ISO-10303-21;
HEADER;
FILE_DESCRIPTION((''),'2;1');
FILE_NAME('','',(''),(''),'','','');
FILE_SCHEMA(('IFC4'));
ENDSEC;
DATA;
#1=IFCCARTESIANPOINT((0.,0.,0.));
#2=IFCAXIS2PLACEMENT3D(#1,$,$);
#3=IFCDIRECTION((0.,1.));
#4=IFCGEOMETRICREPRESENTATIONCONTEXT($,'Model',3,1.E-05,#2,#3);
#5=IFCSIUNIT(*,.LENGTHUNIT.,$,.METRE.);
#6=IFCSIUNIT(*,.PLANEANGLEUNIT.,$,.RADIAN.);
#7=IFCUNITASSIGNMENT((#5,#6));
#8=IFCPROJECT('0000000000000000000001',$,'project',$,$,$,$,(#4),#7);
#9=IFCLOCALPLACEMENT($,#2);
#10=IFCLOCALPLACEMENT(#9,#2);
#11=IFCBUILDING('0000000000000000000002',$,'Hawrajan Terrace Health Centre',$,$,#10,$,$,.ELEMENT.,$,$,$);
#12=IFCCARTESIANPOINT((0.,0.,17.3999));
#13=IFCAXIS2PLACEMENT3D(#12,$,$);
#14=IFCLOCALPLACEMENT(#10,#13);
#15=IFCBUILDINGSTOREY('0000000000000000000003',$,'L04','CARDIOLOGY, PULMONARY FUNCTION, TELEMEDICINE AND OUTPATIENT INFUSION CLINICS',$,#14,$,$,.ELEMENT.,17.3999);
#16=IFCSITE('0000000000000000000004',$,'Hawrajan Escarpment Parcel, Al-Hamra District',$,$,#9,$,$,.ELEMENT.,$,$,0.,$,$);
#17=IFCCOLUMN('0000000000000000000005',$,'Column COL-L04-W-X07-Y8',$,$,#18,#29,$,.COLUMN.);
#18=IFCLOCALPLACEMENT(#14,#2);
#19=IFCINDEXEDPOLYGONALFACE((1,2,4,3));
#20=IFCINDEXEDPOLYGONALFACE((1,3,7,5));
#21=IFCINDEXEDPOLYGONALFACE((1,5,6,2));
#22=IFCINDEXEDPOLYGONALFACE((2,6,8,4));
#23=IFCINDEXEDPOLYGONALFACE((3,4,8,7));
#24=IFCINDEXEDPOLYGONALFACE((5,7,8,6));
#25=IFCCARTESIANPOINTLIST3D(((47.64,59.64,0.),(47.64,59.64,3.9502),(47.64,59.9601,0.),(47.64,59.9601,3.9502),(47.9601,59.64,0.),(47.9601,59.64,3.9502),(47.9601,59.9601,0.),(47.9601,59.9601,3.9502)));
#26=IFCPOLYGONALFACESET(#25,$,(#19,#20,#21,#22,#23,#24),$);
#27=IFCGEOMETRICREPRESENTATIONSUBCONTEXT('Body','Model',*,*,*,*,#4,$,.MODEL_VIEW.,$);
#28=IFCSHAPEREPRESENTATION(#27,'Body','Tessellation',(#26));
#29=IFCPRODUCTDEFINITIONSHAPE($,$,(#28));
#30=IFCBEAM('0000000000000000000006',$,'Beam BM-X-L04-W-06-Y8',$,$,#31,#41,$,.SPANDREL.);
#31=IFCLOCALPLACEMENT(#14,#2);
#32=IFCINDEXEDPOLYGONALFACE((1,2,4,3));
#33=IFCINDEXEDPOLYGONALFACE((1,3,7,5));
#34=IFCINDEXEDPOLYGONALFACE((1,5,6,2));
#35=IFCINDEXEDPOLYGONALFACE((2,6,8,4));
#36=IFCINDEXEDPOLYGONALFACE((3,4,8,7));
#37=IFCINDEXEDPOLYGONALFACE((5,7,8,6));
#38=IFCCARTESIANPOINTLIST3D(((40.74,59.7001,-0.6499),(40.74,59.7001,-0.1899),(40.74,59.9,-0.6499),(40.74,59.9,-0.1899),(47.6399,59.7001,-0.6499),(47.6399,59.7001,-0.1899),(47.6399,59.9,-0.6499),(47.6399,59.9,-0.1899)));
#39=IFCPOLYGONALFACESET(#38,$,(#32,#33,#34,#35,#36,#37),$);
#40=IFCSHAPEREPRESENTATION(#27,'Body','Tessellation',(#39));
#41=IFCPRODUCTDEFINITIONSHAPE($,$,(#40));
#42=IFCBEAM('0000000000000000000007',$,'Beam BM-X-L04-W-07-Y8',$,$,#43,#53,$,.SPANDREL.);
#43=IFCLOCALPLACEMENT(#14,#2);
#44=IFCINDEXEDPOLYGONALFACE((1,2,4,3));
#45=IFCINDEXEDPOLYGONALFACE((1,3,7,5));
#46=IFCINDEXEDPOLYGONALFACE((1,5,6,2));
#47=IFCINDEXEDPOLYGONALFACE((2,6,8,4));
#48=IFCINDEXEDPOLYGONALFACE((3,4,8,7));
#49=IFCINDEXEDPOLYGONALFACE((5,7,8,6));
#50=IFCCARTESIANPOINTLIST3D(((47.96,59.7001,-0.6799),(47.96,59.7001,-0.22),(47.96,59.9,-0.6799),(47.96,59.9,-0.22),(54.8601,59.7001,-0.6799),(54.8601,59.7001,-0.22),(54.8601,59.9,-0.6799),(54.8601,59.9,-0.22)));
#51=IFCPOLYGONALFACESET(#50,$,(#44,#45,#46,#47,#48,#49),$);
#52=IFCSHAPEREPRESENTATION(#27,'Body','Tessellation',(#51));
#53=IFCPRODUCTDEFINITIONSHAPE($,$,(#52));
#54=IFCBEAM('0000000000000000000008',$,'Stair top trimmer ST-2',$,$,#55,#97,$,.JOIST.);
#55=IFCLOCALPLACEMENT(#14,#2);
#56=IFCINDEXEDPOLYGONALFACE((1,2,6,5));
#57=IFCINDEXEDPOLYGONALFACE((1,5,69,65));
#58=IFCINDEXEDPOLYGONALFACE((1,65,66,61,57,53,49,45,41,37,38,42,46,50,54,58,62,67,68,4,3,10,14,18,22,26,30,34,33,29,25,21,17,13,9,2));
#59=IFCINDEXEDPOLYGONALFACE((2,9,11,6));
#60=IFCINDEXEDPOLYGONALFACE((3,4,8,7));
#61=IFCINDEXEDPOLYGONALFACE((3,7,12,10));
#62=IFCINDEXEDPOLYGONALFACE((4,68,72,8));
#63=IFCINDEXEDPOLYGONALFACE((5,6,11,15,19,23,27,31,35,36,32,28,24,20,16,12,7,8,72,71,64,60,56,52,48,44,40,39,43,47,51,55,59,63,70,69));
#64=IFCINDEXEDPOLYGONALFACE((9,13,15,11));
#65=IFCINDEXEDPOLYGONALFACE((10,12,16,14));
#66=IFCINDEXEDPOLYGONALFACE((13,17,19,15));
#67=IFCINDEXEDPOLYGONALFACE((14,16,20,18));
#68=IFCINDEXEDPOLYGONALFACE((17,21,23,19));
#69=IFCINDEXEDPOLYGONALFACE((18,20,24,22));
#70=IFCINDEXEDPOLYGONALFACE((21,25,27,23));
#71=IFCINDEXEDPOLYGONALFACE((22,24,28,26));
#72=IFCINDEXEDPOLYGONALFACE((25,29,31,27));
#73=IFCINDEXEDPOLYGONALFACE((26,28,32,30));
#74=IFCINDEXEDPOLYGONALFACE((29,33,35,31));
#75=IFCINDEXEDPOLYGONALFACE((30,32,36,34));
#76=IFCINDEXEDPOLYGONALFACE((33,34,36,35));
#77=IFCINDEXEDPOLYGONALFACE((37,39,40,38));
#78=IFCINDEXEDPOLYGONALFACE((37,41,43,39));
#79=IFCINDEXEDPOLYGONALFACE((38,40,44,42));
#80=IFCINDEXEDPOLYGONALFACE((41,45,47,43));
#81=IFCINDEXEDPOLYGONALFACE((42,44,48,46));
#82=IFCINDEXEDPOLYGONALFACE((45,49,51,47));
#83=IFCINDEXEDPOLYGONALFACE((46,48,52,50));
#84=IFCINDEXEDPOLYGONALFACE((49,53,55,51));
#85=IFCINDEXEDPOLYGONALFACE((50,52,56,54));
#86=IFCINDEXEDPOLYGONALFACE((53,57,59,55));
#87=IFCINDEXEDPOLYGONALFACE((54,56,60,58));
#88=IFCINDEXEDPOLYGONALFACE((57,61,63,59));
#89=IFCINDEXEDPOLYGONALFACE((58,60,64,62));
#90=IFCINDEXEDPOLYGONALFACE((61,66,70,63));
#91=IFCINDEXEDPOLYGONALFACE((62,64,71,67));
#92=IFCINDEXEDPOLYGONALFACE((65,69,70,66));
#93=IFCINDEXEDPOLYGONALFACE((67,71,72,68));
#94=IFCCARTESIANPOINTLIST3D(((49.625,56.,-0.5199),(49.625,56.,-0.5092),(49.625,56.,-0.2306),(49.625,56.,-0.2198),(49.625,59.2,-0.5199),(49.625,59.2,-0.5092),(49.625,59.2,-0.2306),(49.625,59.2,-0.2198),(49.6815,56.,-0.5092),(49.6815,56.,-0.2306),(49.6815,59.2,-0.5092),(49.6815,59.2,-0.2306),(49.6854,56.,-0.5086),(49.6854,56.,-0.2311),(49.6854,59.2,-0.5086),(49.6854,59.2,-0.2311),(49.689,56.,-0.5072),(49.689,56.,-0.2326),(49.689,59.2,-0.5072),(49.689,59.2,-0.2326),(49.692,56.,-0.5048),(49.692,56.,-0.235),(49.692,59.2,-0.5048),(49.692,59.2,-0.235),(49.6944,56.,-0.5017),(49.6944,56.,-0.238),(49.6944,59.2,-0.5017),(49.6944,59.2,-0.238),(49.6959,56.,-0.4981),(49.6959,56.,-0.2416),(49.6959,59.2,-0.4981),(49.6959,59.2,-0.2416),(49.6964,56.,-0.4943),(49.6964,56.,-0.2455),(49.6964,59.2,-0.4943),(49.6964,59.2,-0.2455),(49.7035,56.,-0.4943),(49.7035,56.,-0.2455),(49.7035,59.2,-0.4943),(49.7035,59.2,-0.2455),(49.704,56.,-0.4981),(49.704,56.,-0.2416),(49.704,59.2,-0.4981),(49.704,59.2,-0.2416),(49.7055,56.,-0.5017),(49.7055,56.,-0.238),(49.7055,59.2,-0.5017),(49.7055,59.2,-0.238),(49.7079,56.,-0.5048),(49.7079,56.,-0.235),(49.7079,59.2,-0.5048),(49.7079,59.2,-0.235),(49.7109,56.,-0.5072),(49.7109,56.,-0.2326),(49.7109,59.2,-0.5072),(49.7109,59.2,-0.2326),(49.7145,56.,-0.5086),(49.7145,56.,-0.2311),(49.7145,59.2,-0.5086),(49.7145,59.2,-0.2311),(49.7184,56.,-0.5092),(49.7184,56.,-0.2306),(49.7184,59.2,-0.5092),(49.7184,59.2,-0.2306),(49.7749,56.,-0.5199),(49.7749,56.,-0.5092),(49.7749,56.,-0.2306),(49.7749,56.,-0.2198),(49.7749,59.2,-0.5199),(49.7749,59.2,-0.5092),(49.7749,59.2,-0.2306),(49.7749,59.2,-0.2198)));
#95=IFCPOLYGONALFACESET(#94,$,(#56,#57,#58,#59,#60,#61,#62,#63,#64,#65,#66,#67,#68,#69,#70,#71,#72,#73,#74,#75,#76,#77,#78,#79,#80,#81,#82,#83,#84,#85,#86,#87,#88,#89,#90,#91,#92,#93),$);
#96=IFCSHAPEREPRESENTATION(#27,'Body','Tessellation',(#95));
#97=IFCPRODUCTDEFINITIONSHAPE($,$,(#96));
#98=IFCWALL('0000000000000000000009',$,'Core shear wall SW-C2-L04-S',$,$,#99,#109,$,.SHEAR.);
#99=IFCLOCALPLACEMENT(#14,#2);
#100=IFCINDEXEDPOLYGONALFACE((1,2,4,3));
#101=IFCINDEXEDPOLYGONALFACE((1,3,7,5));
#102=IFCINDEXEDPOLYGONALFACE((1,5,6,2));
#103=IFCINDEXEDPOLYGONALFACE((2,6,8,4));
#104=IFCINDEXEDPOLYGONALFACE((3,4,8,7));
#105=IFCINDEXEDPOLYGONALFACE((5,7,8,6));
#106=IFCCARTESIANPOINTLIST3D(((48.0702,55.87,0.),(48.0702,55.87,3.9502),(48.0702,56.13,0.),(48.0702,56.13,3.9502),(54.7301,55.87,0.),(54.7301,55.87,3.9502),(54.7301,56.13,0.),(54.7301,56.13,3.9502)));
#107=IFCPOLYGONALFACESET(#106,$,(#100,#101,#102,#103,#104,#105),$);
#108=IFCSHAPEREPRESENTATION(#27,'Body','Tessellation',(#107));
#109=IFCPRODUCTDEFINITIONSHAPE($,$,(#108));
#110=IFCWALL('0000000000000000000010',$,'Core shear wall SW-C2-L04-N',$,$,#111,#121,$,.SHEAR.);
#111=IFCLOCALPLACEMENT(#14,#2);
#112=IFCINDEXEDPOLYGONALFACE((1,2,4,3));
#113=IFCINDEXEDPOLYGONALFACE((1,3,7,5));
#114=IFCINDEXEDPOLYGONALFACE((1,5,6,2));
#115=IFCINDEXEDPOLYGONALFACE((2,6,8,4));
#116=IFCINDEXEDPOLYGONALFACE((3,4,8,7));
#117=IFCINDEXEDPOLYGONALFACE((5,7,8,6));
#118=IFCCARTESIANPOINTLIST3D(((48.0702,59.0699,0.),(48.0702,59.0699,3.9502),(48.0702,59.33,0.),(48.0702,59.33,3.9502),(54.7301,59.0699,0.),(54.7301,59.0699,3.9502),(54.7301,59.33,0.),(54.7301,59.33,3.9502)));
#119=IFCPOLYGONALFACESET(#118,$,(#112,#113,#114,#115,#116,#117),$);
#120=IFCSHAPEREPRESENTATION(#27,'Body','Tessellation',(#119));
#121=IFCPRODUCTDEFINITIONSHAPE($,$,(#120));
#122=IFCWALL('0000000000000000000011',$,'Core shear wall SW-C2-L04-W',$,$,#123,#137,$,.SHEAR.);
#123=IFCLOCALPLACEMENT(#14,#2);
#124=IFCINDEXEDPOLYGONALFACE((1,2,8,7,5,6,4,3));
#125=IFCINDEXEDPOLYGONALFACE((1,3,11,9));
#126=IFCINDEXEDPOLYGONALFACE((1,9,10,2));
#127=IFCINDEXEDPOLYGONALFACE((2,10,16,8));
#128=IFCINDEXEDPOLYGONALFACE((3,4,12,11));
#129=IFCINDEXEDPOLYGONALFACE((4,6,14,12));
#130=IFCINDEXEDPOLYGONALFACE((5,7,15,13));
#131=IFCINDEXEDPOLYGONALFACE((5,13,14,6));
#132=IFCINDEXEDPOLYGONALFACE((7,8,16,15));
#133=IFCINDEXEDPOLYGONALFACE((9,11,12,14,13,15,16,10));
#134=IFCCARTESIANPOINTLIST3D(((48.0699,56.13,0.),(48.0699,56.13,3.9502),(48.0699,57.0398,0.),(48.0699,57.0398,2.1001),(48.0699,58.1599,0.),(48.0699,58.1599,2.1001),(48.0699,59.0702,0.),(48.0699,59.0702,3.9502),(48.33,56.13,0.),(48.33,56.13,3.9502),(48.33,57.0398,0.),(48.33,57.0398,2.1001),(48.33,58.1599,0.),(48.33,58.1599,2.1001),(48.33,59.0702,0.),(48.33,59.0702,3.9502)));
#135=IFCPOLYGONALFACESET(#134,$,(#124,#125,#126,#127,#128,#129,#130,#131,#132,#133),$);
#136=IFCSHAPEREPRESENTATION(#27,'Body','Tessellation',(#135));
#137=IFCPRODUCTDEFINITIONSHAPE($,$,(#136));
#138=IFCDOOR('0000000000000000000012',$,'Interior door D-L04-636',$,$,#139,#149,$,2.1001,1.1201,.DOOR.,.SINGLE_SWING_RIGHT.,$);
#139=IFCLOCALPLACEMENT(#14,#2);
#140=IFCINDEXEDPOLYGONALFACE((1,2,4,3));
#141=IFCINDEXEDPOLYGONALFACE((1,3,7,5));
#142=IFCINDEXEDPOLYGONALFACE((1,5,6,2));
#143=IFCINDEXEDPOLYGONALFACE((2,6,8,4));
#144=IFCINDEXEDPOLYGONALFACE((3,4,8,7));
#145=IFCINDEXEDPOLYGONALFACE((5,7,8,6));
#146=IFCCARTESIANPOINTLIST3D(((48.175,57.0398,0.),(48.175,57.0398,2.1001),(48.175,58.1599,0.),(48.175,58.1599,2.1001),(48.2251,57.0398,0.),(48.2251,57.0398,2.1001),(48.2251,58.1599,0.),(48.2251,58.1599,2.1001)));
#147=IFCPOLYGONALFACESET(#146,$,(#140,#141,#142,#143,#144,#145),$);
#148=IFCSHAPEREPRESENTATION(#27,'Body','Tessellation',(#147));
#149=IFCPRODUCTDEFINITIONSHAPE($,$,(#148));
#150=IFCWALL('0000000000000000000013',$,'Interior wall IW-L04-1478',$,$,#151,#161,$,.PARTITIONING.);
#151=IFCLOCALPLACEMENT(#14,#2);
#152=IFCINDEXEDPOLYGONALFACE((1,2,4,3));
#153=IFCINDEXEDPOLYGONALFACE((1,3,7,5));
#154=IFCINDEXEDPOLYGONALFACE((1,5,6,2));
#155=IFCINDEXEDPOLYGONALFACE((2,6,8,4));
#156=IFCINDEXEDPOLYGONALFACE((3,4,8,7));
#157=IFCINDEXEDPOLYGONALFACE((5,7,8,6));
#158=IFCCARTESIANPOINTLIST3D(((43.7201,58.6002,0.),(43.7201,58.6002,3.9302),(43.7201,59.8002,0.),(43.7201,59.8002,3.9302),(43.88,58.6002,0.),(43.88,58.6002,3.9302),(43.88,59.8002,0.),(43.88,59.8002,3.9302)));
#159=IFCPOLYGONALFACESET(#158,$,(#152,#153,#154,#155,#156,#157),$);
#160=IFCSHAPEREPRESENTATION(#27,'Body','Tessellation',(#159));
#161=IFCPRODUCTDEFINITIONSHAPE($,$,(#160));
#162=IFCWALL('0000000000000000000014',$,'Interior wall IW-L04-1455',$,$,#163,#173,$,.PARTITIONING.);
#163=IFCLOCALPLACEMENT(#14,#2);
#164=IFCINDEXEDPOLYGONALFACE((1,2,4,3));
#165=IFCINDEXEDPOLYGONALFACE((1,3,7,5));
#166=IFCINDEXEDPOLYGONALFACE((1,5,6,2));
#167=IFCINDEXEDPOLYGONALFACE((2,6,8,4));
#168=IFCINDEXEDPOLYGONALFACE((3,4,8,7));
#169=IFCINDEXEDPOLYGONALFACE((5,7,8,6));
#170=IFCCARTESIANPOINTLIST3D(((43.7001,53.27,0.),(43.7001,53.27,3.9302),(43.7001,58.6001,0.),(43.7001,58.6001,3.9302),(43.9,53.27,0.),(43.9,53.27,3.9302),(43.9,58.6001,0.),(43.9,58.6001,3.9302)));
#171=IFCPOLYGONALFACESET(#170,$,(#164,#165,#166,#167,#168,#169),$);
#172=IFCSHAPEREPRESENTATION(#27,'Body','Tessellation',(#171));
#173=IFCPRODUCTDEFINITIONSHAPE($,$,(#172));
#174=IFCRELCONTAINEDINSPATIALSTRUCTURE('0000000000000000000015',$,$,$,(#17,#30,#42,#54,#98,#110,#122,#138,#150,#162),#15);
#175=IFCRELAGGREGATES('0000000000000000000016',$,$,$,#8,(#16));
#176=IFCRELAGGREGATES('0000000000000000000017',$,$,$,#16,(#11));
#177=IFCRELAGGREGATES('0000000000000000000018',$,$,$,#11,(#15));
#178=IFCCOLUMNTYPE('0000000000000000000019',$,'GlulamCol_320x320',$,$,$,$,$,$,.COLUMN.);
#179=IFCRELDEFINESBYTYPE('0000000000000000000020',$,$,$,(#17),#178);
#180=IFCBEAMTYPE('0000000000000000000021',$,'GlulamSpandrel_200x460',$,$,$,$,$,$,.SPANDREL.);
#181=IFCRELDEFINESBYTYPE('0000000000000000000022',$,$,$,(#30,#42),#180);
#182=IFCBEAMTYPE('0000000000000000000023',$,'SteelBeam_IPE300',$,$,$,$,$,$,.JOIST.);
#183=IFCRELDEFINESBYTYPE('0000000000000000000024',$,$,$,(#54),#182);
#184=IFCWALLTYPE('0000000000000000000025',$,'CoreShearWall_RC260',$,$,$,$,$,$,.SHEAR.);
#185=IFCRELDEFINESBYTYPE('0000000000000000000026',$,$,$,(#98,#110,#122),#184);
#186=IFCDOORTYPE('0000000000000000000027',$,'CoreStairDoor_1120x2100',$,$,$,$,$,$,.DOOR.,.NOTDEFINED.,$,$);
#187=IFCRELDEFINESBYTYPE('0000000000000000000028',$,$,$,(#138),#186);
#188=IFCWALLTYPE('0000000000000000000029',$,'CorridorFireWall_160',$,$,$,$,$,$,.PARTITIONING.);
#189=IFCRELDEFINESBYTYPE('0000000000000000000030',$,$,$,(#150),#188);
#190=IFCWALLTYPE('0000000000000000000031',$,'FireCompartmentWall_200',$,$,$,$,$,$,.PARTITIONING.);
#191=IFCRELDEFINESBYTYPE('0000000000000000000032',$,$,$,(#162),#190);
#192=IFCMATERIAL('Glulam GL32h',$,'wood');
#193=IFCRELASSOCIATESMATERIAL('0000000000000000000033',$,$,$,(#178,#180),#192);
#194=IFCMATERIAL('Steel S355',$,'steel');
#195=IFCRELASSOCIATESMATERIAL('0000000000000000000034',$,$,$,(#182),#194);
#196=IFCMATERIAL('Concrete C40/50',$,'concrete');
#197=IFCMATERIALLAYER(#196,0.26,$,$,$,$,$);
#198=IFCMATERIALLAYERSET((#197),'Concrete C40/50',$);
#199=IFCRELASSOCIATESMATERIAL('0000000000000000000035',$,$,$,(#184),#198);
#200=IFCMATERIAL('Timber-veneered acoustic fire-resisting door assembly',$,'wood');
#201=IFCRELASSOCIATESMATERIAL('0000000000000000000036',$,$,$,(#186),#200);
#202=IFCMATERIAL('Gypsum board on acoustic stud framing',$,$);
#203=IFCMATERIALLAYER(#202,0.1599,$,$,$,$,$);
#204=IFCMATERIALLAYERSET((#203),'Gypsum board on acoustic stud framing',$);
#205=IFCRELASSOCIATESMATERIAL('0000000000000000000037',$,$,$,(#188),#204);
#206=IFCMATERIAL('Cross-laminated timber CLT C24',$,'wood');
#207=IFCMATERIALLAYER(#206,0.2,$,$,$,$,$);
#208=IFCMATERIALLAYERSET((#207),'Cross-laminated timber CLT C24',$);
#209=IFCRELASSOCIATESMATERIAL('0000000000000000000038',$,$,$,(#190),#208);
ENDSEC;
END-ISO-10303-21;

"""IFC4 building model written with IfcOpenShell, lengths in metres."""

from ifc_helpers import new_model, si_unit, direction, frame, frame_2d, origin, origin_2d, place, context, subcontext, project, spatial, rectangle, i_section, extrude, material, layer, layer_set, material_profile, profile_set, type_object, element, fill, save


model = new_model("IFC4")

# Units and contexts
model_context = context("Model", 3, precision=1e-05, world=origin(), true_north=direction((0.0, 1.0)))
body_context = subcontext(model_context, "Body", "Model", "MODEL_VIEW")
ifc_project = project(units=[si_unit("LENGTHUNIT", "METRE"), si_unit("PLANEANGLEUNIT", "RADIAN")], contexts=[model_context])

# Site, building, storey
site_placement = place(None, origin())
site = spatial("IfcSite", under=ifc_project, at=site_placement, Name="Hawrajan Escarpment Parcel, Al-Hamra District", CompositionType="ELEMENT", RefElevation=0.0)
building_placement = place(site_placement, origin())
building = spatial("IfcBuilding", under=site, at=building_placement, Name="Hawrajan Terrace Health Centre", CompositionType="ELEMENT")
storey_placement = place(building_placement, frame((0.0, 0.0, 17.3999)))
storey = spatial("IfcBuildingStorey", under=building, at=storey_placement, Name="L04", Description="CARDIOLOGY, PULMONARY FUNCTION, TELEMEDICINE AND OUTPATIENT INFUSION CLINICS", CompositionType="ELEMENT", Elevation=17.3999)

# Column
ifc_material_1 = material(Name="Glulam GL32h", Category="wood")
ifc_material_profile_1 = material_profile(ifc_material_1, rectangle(XDim=0.3201, YDim=0.3201, at=origin_2d()), Name="GL 320x320")
ifc_profile_set_1 = profile_set([ifc_material_profile_1], Name="Glulam GL32h")
column_type = type_object("IfcColumnType", Name="GlulamCol_320x320", PredefinedType="COLUMN", material=ifc_profile_set_1)
column_placement = place(storey_placement, frame((47.8, 59.8, 0.0), z_axis=(0.0, 0.0, 1.0), x_axis=(1.0, 0.0, 0.0)))
element("IfcColumn", 1, at=column_placement, inside=storey, type_object=column_type, Name="Column COL-L04-W-X07-Y8", PredefinedType="COLUMN", context=body_context, shape_type="SweptSolid", body=[
    extrude(rectangle(XDim=0.3201, YDim=0.3201, at=origin_2d()), origin(), (0.0, 0.0, 1.0), 3.9502),
])

# Beams
ifc_material_profile_2 = material_profile(ifc_material_1, rectangle(XDim=0.2, YDim=0.46, at=origin_2d()), Name="GL SP 200x460")
ifc_profile_set_2 = profile_set([ifc_material_profile_2], Name="Glulam GL32h")
beam_type_1 = type_object("IfcBeamType", Name="GlulamSpandrel_200x460", PredefinedType="SPANDREL", material=ifc_profile_set_2)
beam_1_placement = place(storey_placement, frame((40.74, 59.8, -0.4199), z_axis=(1.0, 0.0, 0.0), x_axis=(0.0, 1.0, 0.0)))
element("IfcBeam", 2, at=beam_1_placement, inside=storey, type_object=beam_type_1, Name="Beam BM-X-L04-W-06-Y8", PredefinedType="SPANDREL", context=body_context, shape_type="SweptSolid", body=[
    extrude(rectangle(XDim=0.2, YDim=0.46, at=origin_2d()), origin(), (0.0, 0.0, 1.0), 6.8999),
])
beam_2_placement = place(storey_placement, frame((47.96, 59.8, -0.45), z_axis=(1.0, 0.0, 0.0), x_axis=(0.0, 1.0, 0.0)))
element("IfcBeam", 3, at=beam_2_placement, inside=storey, type_object=beam_type_1, Name="Beam BM-X-L04-W-07-Y8", PredefinedType="SPANDREL", context=body_context, shape_type="SweptSolid", body=[
    extrude(rectangle(XDim=0.2, YDim=0.46, at=origin_2d()), origin(), (0.0, 0.0, 1.0), 6.9001),
])
ifc_material_2 = material(Name="Steel S355", Category="steel")
ifc_material_profile_3 = material_profile(ifc_material_2, i_section(OverallWidth=0.1499, OverallDepth=0.3, WebThickness=0.0071, FlangeThickness=0.0107, FilletRadius=0.0149, at=origin_2d()), Name="IPE 300")
ifc_profile_set_3 = profile_set([ifc_material_profile_3], Name="Steel S355")
beam_type_2 = type_object("IfcBeamType", Name="SteelBeam_IPE300", PredefinedType="JOIST", material=ifc_profile_set_3)
beam_3_placement = place(storey_placement, frame((49.7, 56.0, -0.3699), z_axis=(0.0, 1.0, 0.0), x_axis=(-1.0, 0.0, 0.0)))
element("IfcBeam", 4, at=beam_3_placement, inside=storey, type_object=beam_type_2, Name="Stair top trimmer ST-2", PredefinedType="JOIST", context=body_context, shape_type="SweptSolid", body=[
    extrude(i_section(OverallWidth=0.1499, OverallDepth=0.3, WebThickness=0.0071, FlangeThickness=0.0107, FilletRadius=0.0149, at=origin_2d()), origin(), (0.0, 0.0, 1.0), 3.2),
])

# Walls
ifc_material_3 = material(Name="Concrete C40/50", Category="concrete")
ifc_layer_1 = layer(ifc_material_3, 0.26)
ifc_layer_set_1 = layer_set([ifc_layer_1], Name="Concrete C40/50")
wall_type_1 = type_object("IfcWallType", Name="CoreShearWall_RC260", PredefinedType="SHEAR", material=ifc_layer_set_1)
for number, where, z_axis, x_axis, name in (
    (5, (48.0701, 56.0, 0.0), (0.0, 0.0, 1.0), (1.0, 0.0, 0.0), "Core shear wall SW-C2-L04-S"),
    (6, (48.0701, 59.2, 0.0), (0.0, 0.0, 1.0), (1.0, 0.0, 0.0), "Core shear wall SW-C2-L04-N"),
):
    element("IfcWall", number, at=place(storey_placement, frame(where, z_axis=z_axis, x_axis=x_axis)), inside=storey, type_object=wall_type_1, Name=name, PredefinedType="SHEAR", context=body_context, shape_type="SweptSolid", body=[
        extrude(rectangle(XDim=6.6599, YDim=0.26, at=frame_2d((3.3301, 0.0))), origin(), (0.0, 0.0, 1.0), 3.9502),
    ])

# Wall, opening, door
wall_1_placement = place(storey_placement, frame((48.2, 56.1299, 0.0), z_axis=(0.0, 0.0, 1.0), x_axis=(0.0, 1.0, 0.0)))
wall_1 = element("IfcWall", 7, at=wall_1_placement, inside=storey, type_object=wall_type_1, Name="Core shear wall SW-C2-L04-W", PredefinedType="SHEAR", context=body_context, shape_type="SweptSolid", body=[
    extrude(rectangle(XDim=2.9402, YDim=0.26, at=frame_2d((1.4702, 0.0))), origin(), (0.0, 0.0, 1.0), 3.9502),
])
opening_1_placement = place(wall_1_placement, frame((0.9099, 0.0, 0.0)))
opening_1 = element("IfcOpeningElement", 8, at=opening_1_placement, cuts=wall_1, PredefinedType="OPENING", context=body_context, shape_type="SweptSolid", body=[
    extrude(rectangle(XDim=1.1201, YDim=2.1001, at=frame_2d((0.5601, 1.05))), frame((0.0, 0.1399, 0.0), z_axis=(0.0, -1.0, 0.0), x_axis=(1.0, 0.0, 0.0)), (0.0, 0.0, 1.0), 0.28),
])
ifc_material_4 = material(Name="Timber-veneered acoustic fire-resisting door assembly", Category="wood")
door_type_1 = type_object("IfcDoorType", Name="CoreStairDoor_1120x2100", OperationType="NOTDEFINED", PredefinedType="DOOR", material=ifc_material_4)
door_1_placement = place(opening_1_placement, origin())
door_1 = element("IfcDoor", 9, at=door_1_placement, inside=storey, type_object=door_type_1, Name="Interior door D-L04-636", OperationType="SINGLE_SWING_RIGHT", OverallHeight=2.1001, OverallWidth=1.1201, PredefinedType="DOOR", context=body_context, shape_type="SweptSolid", body=[
    extrude(rectangle(XDim=1.1201, YDim=2.1001, at=frame_2d((0.5601, 1.05))), frame((0.0, 0.0249, 0.0), z_axis=(0.0, -1.0, 0.0), x_axis=(1.0, 0.0, 0.0)), (0.0, 0.0, 1.0), 0.05),
])
fill(opening_1, door_1)

# Walls
ifc_material_5 = material(Name="Gypsum board on acoustic stud framing")
ifc_layer_2 = layer(ifc_material_5, 0.1599)
ifc_layer_set_2 = layer_set([ifc_layer_2], Name="Gypsum board on acoustic stud framing")
wall_type_2 = type_object("IfcWallType", Name="CorridorFireWall_160", PredefinedType="PARTITIONING", material=ifc_layer_set_2)
wall_2_placement = place(storey_placement, frame((43.8, 58.6001, 0.0), z_axis=(0.0, 0.0, 1.0), x_axis=(0.0, 1.0, 0.0)))
element("IfcWall", 10, at=wall_2_placement, inside=storey, type_object=wall_type_2, Name="Interior wall IW-L04-1478", PredefinedType="PARTITIONING", context=body_context, shape_type="SweptSolid", body=[
    extrude(rectangle(XDim=1.2, YDim=0.1599, at=frame_2d((0.6001, 0.0))), origin(), (0.0, 0.0, 1.0), 3.9302),
])
ifc_material_6 = material(Name="Cross-laminated timber CLT C24", Category="wood")
ifc_layer_3 = layer(ifc_material_6, 0.2)
ifc_layer_set_3 = layer_set([ifc_layer_3], Name="Cross-laminated timber CLT C24")
wall_type_3 = type_object("IfcWallType", Name="FireCompartmentWall_200", PredefinedType="PARTITIONING", material=ifc_layer_set_3)
wall_3_placement = place(storey_placement, frame((43.8, 53.27, 0.0), z_axis=(0.0, 0.0, 1.0), x_axis=(0.0, 1.0, 0.0)))
element("IfcWall", 11, at=wall_3_placement, inside=storey, type_object=wall_type_3, Name="Interior wall IW-L04-1455", PredefinedType="PARTITIONING", context=body_context, shape_type="SweptSolid", body=[
    extrude(rectangle(XDim=5.3301, YDim=0.2, at=frame_2d((2.665, 0.0))), origin(), (0.0, 0.0, 1.0), 3.9302),
])

save(model, "model.ifc")
